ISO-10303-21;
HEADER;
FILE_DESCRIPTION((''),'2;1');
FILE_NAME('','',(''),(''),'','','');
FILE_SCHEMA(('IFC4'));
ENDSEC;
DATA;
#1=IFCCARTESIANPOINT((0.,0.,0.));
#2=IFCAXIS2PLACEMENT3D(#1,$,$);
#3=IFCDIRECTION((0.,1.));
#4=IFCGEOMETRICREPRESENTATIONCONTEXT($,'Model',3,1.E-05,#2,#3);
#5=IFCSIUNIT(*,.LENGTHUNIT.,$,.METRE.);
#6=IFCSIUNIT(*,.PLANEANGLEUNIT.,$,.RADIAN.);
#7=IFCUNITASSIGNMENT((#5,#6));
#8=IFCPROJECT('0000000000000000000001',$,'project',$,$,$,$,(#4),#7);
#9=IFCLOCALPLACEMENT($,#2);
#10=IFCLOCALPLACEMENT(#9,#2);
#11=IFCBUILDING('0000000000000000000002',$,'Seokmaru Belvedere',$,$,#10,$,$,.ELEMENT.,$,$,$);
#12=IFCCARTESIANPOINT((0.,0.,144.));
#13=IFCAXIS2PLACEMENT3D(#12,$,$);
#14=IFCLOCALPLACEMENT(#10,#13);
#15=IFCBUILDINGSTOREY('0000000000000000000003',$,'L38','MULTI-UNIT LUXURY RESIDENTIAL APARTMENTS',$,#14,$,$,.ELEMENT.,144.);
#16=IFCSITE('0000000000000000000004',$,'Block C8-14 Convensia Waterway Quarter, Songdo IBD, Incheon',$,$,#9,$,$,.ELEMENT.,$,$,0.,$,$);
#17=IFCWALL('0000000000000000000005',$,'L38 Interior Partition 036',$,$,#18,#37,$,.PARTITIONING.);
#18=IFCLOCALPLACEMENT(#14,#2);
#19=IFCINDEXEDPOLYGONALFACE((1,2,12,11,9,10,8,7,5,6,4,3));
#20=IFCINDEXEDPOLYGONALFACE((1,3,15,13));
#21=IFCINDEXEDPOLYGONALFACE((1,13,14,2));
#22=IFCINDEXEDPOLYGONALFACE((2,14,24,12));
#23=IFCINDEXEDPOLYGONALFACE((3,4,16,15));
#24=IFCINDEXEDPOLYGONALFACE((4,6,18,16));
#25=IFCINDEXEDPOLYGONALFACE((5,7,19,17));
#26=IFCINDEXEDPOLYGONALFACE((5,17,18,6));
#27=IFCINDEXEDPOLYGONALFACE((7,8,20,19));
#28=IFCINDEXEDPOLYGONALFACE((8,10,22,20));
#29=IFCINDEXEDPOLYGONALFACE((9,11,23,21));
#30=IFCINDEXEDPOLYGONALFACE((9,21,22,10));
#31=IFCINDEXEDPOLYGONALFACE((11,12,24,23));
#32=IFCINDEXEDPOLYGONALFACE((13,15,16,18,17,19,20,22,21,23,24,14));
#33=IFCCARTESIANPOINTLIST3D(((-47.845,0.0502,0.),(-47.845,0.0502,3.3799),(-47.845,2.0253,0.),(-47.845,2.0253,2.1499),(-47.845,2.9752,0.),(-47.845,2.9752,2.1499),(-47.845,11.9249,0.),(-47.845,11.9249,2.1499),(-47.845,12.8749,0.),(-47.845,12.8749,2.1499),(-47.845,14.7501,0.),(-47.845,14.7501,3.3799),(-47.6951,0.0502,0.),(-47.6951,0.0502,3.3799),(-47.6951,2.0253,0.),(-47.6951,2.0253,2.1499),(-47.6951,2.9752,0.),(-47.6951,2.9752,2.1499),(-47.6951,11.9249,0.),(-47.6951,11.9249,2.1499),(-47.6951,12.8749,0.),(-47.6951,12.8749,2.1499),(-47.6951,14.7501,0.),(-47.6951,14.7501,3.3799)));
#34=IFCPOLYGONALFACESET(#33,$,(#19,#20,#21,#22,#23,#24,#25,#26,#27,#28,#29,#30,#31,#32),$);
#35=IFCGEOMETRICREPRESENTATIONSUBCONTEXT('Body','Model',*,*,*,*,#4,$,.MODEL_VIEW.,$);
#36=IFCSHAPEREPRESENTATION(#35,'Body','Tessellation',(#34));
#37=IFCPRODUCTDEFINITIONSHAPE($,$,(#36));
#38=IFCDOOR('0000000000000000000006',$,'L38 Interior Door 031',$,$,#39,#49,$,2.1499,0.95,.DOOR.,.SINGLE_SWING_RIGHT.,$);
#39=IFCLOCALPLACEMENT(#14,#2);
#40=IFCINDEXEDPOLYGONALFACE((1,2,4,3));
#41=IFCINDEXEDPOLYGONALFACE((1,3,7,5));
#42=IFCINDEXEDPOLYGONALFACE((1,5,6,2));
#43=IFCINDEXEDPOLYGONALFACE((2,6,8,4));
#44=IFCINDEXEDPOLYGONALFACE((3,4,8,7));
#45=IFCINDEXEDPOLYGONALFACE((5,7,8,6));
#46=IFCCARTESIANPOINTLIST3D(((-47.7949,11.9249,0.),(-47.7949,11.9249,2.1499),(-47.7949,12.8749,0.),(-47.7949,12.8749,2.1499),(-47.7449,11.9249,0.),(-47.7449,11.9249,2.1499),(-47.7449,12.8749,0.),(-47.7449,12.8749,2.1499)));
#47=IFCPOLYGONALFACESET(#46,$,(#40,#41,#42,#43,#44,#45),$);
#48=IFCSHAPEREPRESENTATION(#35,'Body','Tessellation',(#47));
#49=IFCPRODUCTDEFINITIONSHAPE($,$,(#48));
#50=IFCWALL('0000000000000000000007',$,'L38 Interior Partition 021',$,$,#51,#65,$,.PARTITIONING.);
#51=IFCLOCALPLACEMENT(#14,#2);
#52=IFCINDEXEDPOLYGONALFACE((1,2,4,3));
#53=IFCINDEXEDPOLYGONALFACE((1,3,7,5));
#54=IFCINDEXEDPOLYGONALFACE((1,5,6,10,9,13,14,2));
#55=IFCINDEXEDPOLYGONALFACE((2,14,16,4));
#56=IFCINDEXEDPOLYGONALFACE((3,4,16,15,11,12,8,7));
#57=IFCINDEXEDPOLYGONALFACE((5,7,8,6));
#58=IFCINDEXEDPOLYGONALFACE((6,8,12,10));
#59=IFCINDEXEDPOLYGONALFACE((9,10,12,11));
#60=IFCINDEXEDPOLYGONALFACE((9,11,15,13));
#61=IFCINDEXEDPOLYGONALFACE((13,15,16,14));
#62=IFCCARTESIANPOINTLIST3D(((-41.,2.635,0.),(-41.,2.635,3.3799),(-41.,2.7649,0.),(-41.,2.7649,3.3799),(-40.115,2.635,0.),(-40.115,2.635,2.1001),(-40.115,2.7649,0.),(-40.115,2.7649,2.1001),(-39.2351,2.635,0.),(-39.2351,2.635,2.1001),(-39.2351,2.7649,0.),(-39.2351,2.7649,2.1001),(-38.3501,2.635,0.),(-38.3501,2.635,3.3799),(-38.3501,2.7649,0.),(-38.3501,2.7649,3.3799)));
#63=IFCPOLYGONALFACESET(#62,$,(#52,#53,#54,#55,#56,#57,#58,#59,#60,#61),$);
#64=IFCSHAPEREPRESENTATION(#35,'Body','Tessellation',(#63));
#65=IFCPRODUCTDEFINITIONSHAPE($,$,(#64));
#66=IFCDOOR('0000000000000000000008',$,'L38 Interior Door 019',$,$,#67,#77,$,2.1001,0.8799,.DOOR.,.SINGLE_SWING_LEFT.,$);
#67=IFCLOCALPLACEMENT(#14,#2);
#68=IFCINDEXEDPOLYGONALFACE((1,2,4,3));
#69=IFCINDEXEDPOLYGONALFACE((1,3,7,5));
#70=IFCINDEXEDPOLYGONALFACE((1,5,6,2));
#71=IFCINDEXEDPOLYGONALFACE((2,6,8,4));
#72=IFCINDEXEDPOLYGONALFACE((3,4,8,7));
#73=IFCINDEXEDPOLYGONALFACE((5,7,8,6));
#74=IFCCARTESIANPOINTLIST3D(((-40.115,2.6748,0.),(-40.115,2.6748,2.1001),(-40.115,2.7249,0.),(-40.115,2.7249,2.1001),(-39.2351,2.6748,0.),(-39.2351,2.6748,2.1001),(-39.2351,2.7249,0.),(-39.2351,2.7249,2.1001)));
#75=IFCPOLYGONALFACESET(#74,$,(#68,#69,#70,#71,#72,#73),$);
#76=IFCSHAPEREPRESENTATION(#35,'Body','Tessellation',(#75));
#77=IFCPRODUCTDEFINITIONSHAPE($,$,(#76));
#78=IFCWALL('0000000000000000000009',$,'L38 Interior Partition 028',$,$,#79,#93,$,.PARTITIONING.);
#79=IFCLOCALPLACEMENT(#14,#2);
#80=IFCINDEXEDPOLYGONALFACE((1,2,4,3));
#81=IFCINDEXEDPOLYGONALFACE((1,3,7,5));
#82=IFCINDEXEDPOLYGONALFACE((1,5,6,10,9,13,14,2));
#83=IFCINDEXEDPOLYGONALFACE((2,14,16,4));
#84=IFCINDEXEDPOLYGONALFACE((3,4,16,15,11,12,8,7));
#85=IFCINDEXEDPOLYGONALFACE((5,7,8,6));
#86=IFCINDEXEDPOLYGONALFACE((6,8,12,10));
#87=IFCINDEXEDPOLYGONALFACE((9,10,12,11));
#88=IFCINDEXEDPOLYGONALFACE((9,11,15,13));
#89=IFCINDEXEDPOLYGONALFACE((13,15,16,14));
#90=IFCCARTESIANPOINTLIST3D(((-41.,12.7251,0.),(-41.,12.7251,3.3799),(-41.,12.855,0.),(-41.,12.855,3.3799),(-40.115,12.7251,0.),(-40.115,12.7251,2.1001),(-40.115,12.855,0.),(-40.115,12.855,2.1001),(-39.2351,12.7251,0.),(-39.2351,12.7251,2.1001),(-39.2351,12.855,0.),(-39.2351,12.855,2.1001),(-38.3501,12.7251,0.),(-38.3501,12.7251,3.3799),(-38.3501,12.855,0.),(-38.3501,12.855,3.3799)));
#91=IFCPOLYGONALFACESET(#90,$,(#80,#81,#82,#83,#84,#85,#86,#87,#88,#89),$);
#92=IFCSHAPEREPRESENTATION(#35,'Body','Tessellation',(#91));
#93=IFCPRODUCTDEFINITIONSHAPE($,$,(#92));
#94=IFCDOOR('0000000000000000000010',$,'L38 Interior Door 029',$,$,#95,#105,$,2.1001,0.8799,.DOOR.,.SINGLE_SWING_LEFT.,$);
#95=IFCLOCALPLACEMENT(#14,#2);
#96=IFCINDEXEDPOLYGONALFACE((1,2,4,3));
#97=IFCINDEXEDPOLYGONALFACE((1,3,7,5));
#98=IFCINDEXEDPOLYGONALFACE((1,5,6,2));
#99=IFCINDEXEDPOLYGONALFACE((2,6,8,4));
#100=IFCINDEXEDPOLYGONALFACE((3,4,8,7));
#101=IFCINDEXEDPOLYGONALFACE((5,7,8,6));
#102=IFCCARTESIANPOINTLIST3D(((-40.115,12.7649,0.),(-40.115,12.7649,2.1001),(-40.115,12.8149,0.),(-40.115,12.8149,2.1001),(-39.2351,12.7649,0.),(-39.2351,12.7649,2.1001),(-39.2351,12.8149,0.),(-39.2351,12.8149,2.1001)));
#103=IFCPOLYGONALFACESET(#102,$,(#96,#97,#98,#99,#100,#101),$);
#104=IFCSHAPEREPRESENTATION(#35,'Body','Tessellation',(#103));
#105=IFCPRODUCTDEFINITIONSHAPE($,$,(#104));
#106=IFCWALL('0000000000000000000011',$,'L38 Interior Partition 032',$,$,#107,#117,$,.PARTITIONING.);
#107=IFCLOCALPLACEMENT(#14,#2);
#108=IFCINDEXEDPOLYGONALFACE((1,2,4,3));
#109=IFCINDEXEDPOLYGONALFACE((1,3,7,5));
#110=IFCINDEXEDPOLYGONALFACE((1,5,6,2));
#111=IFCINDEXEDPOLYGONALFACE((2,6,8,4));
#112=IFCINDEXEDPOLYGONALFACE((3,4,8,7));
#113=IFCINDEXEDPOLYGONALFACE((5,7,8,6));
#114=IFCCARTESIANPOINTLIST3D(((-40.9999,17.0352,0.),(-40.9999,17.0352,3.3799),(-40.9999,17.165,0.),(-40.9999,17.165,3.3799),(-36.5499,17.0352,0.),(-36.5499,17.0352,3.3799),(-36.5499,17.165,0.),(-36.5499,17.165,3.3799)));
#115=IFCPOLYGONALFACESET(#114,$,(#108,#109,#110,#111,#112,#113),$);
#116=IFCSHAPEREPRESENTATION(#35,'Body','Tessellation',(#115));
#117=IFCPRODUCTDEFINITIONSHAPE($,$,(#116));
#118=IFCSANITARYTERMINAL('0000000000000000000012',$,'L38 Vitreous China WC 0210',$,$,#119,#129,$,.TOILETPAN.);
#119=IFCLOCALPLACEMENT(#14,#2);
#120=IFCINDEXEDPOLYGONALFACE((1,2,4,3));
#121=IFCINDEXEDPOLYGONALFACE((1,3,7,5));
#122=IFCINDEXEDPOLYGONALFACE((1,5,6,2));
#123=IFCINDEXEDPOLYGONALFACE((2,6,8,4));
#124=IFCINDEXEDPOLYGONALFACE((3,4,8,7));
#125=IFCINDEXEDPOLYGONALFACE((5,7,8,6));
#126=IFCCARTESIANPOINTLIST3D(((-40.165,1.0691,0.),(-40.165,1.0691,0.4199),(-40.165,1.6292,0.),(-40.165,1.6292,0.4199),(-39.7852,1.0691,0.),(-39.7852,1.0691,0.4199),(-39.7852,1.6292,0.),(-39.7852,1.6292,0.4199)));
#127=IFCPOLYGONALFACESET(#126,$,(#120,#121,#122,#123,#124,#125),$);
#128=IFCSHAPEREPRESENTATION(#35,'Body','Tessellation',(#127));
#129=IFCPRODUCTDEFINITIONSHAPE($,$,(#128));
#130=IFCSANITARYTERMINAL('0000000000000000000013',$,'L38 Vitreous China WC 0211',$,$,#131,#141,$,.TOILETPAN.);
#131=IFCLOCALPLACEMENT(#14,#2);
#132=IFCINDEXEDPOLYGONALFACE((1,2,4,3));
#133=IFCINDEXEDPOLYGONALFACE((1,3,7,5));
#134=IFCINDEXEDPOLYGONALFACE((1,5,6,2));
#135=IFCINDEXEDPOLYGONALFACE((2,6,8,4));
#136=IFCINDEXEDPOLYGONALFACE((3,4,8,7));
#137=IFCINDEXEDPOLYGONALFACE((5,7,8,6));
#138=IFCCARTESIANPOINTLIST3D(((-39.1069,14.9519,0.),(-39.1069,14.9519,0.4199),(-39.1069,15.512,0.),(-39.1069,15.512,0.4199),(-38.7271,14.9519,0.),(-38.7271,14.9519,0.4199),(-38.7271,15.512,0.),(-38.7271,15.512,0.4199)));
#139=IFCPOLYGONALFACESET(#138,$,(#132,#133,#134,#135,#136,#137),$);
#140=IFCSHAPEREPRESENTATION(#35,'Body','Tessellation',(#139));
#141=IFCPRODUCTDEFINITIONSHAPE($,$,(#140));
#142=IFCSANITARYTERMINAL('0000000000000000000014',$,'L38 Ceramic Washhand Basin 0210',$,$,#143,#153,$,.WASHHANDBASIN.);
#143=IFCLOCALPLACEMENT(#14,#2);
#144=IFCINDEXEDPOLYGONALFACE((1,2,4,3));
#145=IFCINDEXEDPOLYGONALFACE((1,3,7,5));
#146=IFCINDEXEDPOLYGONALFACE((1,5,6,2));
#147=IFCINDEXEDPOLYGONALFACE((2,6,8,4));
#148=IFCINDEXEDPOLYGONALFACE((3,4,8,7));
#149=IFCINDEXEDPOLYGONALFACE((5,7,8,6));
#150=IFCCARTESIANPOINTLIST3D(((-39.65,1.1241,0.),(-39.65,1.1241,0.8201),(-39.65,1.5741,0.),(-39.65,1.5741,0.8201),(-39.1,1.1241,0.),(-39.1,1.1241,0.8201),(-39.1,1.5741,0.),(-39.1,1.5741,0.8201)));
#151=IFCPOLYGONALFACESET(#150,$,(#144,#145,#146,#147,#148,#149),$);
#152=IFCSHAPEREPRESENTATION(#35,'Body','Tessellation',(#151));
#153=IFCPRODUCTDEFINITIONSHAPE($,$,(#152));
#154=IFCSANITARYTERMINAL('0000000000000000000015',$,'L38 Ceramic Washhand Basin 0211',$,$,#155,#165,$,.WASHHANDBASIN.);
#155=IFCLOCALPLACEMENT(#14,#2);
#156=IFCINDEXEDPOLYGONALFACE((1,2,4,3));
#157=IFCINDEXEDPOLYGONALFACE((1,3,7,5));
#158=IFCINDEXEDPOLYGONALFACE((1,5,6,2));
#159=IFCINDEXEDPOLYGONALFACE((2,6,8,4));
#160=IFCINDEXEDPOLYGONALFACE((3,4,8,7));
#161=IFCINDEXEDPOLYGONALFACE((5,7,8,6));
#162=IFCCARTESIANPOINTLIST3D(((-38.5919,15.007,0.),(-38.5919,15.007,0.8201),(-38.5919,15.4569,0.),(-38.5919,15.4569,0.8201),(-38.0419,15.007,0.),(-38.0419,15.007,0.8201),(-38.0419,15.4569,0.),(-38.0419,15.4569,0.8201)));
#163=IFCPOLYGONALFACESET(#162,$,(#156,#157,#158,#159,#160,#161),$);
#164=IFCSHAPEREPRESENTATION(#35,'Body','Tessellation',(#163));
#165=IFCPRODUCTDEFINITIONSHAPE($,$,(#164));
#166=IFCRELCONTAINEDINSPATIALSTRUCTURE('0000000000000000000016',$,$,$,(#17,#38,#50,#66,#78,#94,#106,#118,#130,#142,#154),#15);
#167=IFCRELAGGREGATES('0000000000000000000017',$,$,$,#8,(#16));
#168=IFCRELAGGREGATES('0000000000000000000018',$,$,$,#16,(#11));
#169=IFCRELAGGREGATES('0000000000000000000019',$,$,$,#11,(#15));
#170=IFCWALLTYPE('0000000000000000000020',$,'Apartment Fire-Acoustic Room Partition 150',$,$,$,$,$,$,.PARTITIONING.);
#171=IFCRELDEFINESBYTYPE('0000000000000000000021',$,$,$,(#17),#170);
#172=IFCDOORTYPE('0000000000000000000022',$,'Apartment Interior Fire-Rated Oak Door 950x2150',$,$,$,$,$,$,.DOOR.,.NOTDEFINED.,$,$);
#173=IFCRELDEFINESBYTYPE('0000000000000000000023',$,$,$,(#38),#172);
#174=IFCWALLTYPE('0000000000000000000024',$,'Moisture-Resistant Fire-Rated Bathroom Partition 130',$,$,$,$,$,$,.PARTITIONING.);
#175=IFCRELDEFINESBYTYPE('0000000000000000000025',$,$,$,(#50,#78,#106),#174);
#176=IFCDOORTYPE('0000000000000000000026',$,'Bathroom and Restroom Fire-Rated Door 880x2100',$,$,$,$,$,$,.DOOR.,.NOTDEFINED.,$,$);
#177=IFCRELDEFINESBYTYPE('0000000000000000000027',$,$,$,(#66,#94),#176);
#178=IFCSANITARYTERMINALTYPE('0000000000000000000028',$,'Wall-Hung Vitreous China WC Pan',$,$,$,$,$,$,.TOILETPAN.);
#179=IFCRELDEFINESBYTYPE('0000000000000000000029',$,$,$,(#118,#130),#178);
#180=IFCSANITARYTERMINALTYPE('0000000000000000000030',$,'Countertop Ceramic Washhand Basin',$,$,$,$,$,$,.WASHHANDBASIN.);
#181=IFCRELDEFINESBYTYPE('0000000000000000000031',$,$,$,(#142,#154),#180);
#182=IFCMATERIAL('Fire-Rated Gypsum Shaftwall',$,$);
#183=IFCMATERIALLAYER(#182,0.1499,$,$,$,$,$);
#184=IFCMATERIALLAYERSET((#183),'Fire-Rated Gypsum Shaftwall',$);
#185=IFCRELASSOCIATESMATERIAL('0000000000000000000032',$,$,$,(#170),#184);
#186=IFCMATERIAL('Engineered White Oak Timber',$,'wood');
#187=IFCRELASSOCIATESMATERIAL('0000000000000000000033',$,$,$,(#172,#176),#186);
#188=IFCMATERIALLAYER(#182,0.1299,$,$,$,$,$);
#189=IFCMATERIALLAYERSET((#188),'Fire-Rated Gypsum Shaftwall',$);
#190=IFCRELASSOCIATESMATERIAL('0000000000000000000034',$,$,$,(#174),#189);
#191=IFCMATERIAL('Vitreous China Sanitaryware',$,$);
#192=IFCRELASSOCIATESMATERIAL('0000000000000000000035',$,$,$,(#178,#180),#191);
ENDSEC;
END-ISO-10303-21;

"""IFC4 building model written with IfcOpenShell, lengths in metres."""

from ifc_helpers import new_model, si_unit, direction, frame, frame_2d, origin, origin_2d, place, context, subcontext, project, spatial, rectangle, extrude, source, transform, mapped, material, layer, layer_set, type_object, type_shapes, element, fill, save


model = new_model("IFC4")

# Units and contexts
model_context = context("Model", 3, precision=1e-05, world=origin(), true_north=direction((0.0, 1.0)))
body_context = subcontext(model_context, "Body", "Model", "MODEL_VIEW")
ifc_project = project(units=[si_unit("LENGTHUNIT", "METRE"), si_unit("PLANEANGLEUNIT", "RADIAN")], contexts=[model_context])

# Site, building, storey
site_placement = place(None, origin())
site = spatial("IfcSite", under=ifc_project, at=site_placement, Name="Block C8-14 Convensia Waterway Quarter, Songdo IBD, Incheon", CompositionType="ELEMENT", RefElevation=0.0)
building_placement = place(site_placement, origin())
building = spatial("IfcBuilding", under=site, at=building_placement, Name="Seokmaru Belvedere", CompositionType="ELEMENT")
storey_placement = place(building_placement, frame((0.0, 0.0, 144.0)))
storey = spatial("IfcBuildingStorey", under=building, at=storey_placement, Name="L38", Description="MULTI-UNIT LUXURY RESIDENTIAL APARTMENTS", CompositionType="ELEMENT", Elevation=144.0)

# Shared definitions
ifc_material_1 = material(Name="Fire-Rated Gypsum Shaftwall")
ifc_layer_1 = layer(ifc_material_1, 0.1499)
ifc_layer_set_1 = layer_set([ifc_layer_1], Name="Fire-Rated Gypsum Shaftwall")
wall_type_1 = type_object("IfcWallType", Name="Apartment Fire-Acoustic Room Partition 150", PredefinedType="PARTITIONING", material=ifc_layer_set_1)

# Wall, openings, door
wall_1_placement = place(storey_placement, frame((-47.77, 0.05, 0.0), z_axis=(0.0, 0.0, 1.0), x_axis=(0.0, 1.0, 0.0)))
wall_1 = element("IfcWall", 1, at=wall_1_placement, inside=storey, type_object=wall_type_1, Name="L38 Interior Partition 036", PredefinedType="PARTITIONING", context=body_context, shape_type="SweptSolid", body=[
    extrude(rectangle(XDim=14.7, YDim=0.1499, at=frame_2d((7.3501, 0.0))), origin(), (0.0, 0.0, 1.0), 3.3799),
])
opening_1_placement = place(wall_1_placement, frame((1.9751, 0.0, 0.0)))
element("IfcOpeningElement", 2, at=opening_1_placement, cuts=wall_1, PredefinedType="OPENING", context=body_context, shape_type="SweptSolid", body=[
    extrude(rectangle(XDim=0.95, YDim=2.1499, at=frame_2d((0.4751, 1.075))), frame((0.0, 0.085, 0.0), z_axis=(0.0, -1.0, 0.0), x_axis=(1.0, 0.0, 0.0)), (0.0, 0.0, 1.0), 0.1699),
])
opening_2_placement = place(wall_1_placement, frame((11.8748, 0.0, 0.0)))
opening_2 = element("IfcOpeningElement", 3, at=opening_2_placement, cuts=wall_1, PredefinedType="OPENING", context=body_context, shape_type="SweptSolid", body=[
    extrude(rectangle(XDim=0.95, YDim=2.1499, at=frame_2d((0.4751, 1.075))), frame((0.0, 0.085, 0.0), z_axis=(0.0, -1.0, 0.0), x_axis=(1.0, 0.0, 0.0)), (0.0, 0.0, 1.0), 0.1699),
])
ifc_material_2 = material(Name="Engineered White Oak Timber", Category="wood")
door_type_1 = type_object("IfcDoorType", Name="Apartment Interior Fire-Rated Oak Door 950x2150", OperationType="NOTDEFINED", PredefinedType="DOOR", material=ifc_material_2)
shared_shape_1 = source(origin(), body_context, "Body", "SweptSolid", [
    extrude(rectangle(XDim=0.95, YDim=2.1499, at=frame_2d((0.4751, 1.075))), frame((0.0, 0.0249, 0.0), z_axis=(0.0, -1.0, 0.0), x_axis=(1.0, 0.0, 0.0)), (0.0, 0.0, 1.0), 0.05),
])
type_shapes(door_type_1, [shared_shape_1])
door_1_placement = place(opening_2_placement, origin())
door_1 = element("IfcDoor", 4, at=door_1_placement, inside=storey, type_object=door_type_1, Name="L38 Interior Door 031", OperationType="SINGLE_SWING_RIGHT", OverallHeight=2.1499, OverallWidth=0.95, PredefinedType="DOOR", context=body_context, shape_type="MappedRepresentation", body=[
    mapped(shared_shape_1, transform((0.0, 0.0, 0.0), scale=1.0)),
])
fill(opening_2, door_1)

# Walls, openings, doors
ifc_layer_2 = layer(ifc_material_1, 0.1299)
ifc_layer_set_2 = layer_set([ifc_layer_2], Name="Fire-Rated Gypsum Shaftwall")
wall_type_2 = type_object("IfcWallType", Name="Moisture-Resistant Fire-Rated Bathroom Partition 130", PredefinedType="PARTITIONING", material=ifc_layer_set_2)
wall_2_placement = place(storey_placement, frame((-41.0, 2.7, 0.0), z_axis=(0.0, 0.0, 1.0), x_axis=(1.0, 0.0, 0.0)))
wall_2 = element("IfcWall", 5, at=wall_2_placement, inside=storey, type_object=wall_type_2, Name="L38 Interior Partition 021", PredefinedType="PARTITIONING", context=body_context, shape_type="SweptSolid", body=[
    extrude(rectangle(XDim=2.6499, YDim=0.1299, at=frame_2d((1.325, 0.0))), origin(), (0.0, 0.0, 1.0), 3.3799),
])
opening_3_placement = place(wall_2_placement, frame((0.885, 0.0, 0.0)))
opening_3 = element("IfcOpeningElement", 6, at=opening_3_placement, cuts=wall_2, PredefinedType="OPENING", context=body_context, shape_type="SweptSolid", body=[
    extrude(rectangle(XDim=0.8799, YDim=2.1001, at=frame_2d((0.4399, 1.05))), frame((0.0, 0.075, 0.0), z_axis=(0.0, -1.0, 0.0), x_axis=(1.0, 0.0, 0.0)), (0.0, 0.0, 1.0), 0.1499),
])
door_type_2 = type_object("IfcDoorType", Name="Bathroom and Restroom Fire-Rated Door 880x2100", OperationType="NOTDEFINED", PredefinedType="DOOR", material=ifc_material_2)
shared_shape_2 = source(origin(), body_context, "Body", "SweptSolid", [
    extrude(rectangle(XDim=0.8799, YDim=2.1001, at=frame_2d((0.4399, 1.05))), frame((0.0, 0.0249, 0.0), z_axis=(0.0, -1.0, 0.0), x_axis=(1.0, 0.0, 0.0)), (0.0, 0.0, 1.0), 0.05),
])
type_shapes(door_type_2, [shared_shape_2])
door_2_placement = place(opening_3_placement, origin())
door_2 = element("IfcDoor", 7, at=door_2_placement, inside=storey, type_object=door_type_2, Name="L38 Interior Door 019", OperationType="SINGLE_SWING_LEFT", OverallHeight=2.1001, OverallWidth=0.8799, PredefinedType="DOOR", context=body_context, shape_type="MappedRepresentation", body=[
    mapped(shared_shape_2, transform((0.0, 0.0, 0.0), scale=1.0)),
])
fill(opening_3, door_2)
wall_3_placement = place(storey_placement, frame((-41.0, 12.79, 0.0), z_axis=(0.0, 0.0, 1.0), x_axis=(1.0, 0.0, 0.0)))
wall_3 = element("IfcWall", 8, at=wall_3_placement, inside=storey, type_object=wall_type_2, Name="L38 Interior Partition 028", PredefinedType="PARTITIONING", context=body_context, shape_type="SweptSolid", body=[
    extrude(rectangle(XDim=2.6499, YDim=0.1299, at=frame_2d((1.325, 0.0))), origin(), (0.0, 0.0, 1.0), 3.3799),
])
opening_4_placement = place(wall_3_placement, frame((0.885, 0.0, 0.0)))
opening_4 = element("IfcOpeningElement", 9, at=opening_4_placement, cuts=wall_3, PredefinedType="OPENING", context=body_context, shape_type="SweptSolid", body=[
    extrude(rectangle(XDim=0.8799, YDim=2.1001, at=frame_2d((0.4399, 1.05))), frame((0.0, 0.075, 0.0), z_axis=(0.0, -1.0, 0.0), x_axis=(1.0, 0.0, 0.0)), (0.0, 0.0, 1.0), 0.1499),
])
door_3_placement = place(opening_4_placement, origin())
door_3 = element("IfcDoor", 10, at=door_3_placement, inside=storey, type_object=door_type_2, Name="L38 Interior Door 029", OperationType="SINGLE_SWING_LEFT", OverallHeight=2.1001, OverallWidth=0.8799, PredefinedType="DOOR", context=body_context, shape_type="MappedRepresentation", body=[
    mapped(shared_shape_2, transform((0.0, 0.0, 0.0), scale=1.0)),
])
fill(opening_4, door_3)

# Wall
wall_4_placement = place(storey_placement, frame((-41.0, 17.1001, 0.0), z_axis=(0.0, 0.0, 1.0), x_axis=(1.0, 0.0, 0.0)))
element("IfcWall", 11, at=wall_4_placement, inside=storey, type_object=wall_type_2, Name="L38 Interior Partition 032", PredefinedType="PARTITIONING", context=body_context, shape_type="SweptSolid", body=[
    extrude(rectangle(XDim=4.45, YDim=0.1299, at=frame_2d((2.2251, 0.0))), origin(), (0.0, 0.0, 1.0), 3.3799),
])

# Sanitary terminals
ifc_material_3 = material(Name="Vitreous China Sanitaryware")
sanitary_terminal_type_1 = type_object("IfcSanitaryTerminalType", Name="Wall-Hung Vitreous China WC Pan", PredefinedType="TOILETPAN", material=ifc_material_3)
shared_shape_3 = source(origin(), body_context, "Body", "SweptSolid", [
    extrude(rectangle(XDim=0.3799, YDim=0.5601, at=origin_2d()), origin(), (0.0, 0.0, 1.0), 0.4199),
])
type_shapes(sanitary_terminal_type_1, [shared_shape_3])
for number, where, z_axis, x_axis, name in (
    (12, (-39.9751, 1.3491, 0.0), (0.0, 0.0, 1.0), (1.0, 0.0, 0.0), "L38 Vitreous China WC 0210"),
    (13, (-38.917, 15.2319, 0.0), (0.0, 0.0, 1.0), (1.0, 0.0, 0.0), "L38 Vitreous China WC 0211"),
):
    element("IfcSanitaryTerminal", number, at=place(storey_placement, frame(where, z_axis=z_axis, x_axis=x_axis)), inside=storey, type_object=sanitary_terminal_type_1, Name=name, PredefinedType="TOILETPAN", context=body_context, shape_type="MappedRepresentation", body=[
        mapped(shared_shape_3, transform((0.0, 0.0, 0.0), scale=1.0)),
    ])
sanitary_terminal_type_2 = type_object("IfcSanitaryTerminalType", Name="Countertop Ceramic Washhand Basin", PredefinedType="WASHHANDBASIN", material=ifc_material_3)
shared_shape_4 = source(origin(), body_context, "Body", "SweptSolid", [
    extrude(rectangle(XDim=0.55, YDim=0.45, at=origin_2d()), origin(), (0.0, 0.0, 1.0), 0.8201),
])
type_shapes(sanitary_terminal_type_2, [shared_shape_4])
for number, where, z_axis, x_axis, name in (
    (14, (-39.375, 1.3491, 0.0), (0.0, 0.0, 1.0), (1.0, 0.0, 0.0), "L38 Ceramic Washhand Basin 0210"),
    (15, (-38.3169, 15.2319, 0.0), (0.0, 0.0, 1.0), (1.0, 0.0, 0.0), "L38 Ceramic Washhand Basin 0211"),
):
    element("IfcSanitaryTerminal", number, at=place(storey_placement, frame(where, z_axis=z_axis, x_axis=x_axis)), inside=storey, type_object=sanitary_terminal_type_2, Name=name, PredefinedType="WASHHANDBASIN", context=body_context, shape_type="MappedRepresentation", body=[
        mapped(shared_shape_4, transform((0.0, 0.0, 0.0), scale=1.0)),
    ])

save(model, "model.ifc")
